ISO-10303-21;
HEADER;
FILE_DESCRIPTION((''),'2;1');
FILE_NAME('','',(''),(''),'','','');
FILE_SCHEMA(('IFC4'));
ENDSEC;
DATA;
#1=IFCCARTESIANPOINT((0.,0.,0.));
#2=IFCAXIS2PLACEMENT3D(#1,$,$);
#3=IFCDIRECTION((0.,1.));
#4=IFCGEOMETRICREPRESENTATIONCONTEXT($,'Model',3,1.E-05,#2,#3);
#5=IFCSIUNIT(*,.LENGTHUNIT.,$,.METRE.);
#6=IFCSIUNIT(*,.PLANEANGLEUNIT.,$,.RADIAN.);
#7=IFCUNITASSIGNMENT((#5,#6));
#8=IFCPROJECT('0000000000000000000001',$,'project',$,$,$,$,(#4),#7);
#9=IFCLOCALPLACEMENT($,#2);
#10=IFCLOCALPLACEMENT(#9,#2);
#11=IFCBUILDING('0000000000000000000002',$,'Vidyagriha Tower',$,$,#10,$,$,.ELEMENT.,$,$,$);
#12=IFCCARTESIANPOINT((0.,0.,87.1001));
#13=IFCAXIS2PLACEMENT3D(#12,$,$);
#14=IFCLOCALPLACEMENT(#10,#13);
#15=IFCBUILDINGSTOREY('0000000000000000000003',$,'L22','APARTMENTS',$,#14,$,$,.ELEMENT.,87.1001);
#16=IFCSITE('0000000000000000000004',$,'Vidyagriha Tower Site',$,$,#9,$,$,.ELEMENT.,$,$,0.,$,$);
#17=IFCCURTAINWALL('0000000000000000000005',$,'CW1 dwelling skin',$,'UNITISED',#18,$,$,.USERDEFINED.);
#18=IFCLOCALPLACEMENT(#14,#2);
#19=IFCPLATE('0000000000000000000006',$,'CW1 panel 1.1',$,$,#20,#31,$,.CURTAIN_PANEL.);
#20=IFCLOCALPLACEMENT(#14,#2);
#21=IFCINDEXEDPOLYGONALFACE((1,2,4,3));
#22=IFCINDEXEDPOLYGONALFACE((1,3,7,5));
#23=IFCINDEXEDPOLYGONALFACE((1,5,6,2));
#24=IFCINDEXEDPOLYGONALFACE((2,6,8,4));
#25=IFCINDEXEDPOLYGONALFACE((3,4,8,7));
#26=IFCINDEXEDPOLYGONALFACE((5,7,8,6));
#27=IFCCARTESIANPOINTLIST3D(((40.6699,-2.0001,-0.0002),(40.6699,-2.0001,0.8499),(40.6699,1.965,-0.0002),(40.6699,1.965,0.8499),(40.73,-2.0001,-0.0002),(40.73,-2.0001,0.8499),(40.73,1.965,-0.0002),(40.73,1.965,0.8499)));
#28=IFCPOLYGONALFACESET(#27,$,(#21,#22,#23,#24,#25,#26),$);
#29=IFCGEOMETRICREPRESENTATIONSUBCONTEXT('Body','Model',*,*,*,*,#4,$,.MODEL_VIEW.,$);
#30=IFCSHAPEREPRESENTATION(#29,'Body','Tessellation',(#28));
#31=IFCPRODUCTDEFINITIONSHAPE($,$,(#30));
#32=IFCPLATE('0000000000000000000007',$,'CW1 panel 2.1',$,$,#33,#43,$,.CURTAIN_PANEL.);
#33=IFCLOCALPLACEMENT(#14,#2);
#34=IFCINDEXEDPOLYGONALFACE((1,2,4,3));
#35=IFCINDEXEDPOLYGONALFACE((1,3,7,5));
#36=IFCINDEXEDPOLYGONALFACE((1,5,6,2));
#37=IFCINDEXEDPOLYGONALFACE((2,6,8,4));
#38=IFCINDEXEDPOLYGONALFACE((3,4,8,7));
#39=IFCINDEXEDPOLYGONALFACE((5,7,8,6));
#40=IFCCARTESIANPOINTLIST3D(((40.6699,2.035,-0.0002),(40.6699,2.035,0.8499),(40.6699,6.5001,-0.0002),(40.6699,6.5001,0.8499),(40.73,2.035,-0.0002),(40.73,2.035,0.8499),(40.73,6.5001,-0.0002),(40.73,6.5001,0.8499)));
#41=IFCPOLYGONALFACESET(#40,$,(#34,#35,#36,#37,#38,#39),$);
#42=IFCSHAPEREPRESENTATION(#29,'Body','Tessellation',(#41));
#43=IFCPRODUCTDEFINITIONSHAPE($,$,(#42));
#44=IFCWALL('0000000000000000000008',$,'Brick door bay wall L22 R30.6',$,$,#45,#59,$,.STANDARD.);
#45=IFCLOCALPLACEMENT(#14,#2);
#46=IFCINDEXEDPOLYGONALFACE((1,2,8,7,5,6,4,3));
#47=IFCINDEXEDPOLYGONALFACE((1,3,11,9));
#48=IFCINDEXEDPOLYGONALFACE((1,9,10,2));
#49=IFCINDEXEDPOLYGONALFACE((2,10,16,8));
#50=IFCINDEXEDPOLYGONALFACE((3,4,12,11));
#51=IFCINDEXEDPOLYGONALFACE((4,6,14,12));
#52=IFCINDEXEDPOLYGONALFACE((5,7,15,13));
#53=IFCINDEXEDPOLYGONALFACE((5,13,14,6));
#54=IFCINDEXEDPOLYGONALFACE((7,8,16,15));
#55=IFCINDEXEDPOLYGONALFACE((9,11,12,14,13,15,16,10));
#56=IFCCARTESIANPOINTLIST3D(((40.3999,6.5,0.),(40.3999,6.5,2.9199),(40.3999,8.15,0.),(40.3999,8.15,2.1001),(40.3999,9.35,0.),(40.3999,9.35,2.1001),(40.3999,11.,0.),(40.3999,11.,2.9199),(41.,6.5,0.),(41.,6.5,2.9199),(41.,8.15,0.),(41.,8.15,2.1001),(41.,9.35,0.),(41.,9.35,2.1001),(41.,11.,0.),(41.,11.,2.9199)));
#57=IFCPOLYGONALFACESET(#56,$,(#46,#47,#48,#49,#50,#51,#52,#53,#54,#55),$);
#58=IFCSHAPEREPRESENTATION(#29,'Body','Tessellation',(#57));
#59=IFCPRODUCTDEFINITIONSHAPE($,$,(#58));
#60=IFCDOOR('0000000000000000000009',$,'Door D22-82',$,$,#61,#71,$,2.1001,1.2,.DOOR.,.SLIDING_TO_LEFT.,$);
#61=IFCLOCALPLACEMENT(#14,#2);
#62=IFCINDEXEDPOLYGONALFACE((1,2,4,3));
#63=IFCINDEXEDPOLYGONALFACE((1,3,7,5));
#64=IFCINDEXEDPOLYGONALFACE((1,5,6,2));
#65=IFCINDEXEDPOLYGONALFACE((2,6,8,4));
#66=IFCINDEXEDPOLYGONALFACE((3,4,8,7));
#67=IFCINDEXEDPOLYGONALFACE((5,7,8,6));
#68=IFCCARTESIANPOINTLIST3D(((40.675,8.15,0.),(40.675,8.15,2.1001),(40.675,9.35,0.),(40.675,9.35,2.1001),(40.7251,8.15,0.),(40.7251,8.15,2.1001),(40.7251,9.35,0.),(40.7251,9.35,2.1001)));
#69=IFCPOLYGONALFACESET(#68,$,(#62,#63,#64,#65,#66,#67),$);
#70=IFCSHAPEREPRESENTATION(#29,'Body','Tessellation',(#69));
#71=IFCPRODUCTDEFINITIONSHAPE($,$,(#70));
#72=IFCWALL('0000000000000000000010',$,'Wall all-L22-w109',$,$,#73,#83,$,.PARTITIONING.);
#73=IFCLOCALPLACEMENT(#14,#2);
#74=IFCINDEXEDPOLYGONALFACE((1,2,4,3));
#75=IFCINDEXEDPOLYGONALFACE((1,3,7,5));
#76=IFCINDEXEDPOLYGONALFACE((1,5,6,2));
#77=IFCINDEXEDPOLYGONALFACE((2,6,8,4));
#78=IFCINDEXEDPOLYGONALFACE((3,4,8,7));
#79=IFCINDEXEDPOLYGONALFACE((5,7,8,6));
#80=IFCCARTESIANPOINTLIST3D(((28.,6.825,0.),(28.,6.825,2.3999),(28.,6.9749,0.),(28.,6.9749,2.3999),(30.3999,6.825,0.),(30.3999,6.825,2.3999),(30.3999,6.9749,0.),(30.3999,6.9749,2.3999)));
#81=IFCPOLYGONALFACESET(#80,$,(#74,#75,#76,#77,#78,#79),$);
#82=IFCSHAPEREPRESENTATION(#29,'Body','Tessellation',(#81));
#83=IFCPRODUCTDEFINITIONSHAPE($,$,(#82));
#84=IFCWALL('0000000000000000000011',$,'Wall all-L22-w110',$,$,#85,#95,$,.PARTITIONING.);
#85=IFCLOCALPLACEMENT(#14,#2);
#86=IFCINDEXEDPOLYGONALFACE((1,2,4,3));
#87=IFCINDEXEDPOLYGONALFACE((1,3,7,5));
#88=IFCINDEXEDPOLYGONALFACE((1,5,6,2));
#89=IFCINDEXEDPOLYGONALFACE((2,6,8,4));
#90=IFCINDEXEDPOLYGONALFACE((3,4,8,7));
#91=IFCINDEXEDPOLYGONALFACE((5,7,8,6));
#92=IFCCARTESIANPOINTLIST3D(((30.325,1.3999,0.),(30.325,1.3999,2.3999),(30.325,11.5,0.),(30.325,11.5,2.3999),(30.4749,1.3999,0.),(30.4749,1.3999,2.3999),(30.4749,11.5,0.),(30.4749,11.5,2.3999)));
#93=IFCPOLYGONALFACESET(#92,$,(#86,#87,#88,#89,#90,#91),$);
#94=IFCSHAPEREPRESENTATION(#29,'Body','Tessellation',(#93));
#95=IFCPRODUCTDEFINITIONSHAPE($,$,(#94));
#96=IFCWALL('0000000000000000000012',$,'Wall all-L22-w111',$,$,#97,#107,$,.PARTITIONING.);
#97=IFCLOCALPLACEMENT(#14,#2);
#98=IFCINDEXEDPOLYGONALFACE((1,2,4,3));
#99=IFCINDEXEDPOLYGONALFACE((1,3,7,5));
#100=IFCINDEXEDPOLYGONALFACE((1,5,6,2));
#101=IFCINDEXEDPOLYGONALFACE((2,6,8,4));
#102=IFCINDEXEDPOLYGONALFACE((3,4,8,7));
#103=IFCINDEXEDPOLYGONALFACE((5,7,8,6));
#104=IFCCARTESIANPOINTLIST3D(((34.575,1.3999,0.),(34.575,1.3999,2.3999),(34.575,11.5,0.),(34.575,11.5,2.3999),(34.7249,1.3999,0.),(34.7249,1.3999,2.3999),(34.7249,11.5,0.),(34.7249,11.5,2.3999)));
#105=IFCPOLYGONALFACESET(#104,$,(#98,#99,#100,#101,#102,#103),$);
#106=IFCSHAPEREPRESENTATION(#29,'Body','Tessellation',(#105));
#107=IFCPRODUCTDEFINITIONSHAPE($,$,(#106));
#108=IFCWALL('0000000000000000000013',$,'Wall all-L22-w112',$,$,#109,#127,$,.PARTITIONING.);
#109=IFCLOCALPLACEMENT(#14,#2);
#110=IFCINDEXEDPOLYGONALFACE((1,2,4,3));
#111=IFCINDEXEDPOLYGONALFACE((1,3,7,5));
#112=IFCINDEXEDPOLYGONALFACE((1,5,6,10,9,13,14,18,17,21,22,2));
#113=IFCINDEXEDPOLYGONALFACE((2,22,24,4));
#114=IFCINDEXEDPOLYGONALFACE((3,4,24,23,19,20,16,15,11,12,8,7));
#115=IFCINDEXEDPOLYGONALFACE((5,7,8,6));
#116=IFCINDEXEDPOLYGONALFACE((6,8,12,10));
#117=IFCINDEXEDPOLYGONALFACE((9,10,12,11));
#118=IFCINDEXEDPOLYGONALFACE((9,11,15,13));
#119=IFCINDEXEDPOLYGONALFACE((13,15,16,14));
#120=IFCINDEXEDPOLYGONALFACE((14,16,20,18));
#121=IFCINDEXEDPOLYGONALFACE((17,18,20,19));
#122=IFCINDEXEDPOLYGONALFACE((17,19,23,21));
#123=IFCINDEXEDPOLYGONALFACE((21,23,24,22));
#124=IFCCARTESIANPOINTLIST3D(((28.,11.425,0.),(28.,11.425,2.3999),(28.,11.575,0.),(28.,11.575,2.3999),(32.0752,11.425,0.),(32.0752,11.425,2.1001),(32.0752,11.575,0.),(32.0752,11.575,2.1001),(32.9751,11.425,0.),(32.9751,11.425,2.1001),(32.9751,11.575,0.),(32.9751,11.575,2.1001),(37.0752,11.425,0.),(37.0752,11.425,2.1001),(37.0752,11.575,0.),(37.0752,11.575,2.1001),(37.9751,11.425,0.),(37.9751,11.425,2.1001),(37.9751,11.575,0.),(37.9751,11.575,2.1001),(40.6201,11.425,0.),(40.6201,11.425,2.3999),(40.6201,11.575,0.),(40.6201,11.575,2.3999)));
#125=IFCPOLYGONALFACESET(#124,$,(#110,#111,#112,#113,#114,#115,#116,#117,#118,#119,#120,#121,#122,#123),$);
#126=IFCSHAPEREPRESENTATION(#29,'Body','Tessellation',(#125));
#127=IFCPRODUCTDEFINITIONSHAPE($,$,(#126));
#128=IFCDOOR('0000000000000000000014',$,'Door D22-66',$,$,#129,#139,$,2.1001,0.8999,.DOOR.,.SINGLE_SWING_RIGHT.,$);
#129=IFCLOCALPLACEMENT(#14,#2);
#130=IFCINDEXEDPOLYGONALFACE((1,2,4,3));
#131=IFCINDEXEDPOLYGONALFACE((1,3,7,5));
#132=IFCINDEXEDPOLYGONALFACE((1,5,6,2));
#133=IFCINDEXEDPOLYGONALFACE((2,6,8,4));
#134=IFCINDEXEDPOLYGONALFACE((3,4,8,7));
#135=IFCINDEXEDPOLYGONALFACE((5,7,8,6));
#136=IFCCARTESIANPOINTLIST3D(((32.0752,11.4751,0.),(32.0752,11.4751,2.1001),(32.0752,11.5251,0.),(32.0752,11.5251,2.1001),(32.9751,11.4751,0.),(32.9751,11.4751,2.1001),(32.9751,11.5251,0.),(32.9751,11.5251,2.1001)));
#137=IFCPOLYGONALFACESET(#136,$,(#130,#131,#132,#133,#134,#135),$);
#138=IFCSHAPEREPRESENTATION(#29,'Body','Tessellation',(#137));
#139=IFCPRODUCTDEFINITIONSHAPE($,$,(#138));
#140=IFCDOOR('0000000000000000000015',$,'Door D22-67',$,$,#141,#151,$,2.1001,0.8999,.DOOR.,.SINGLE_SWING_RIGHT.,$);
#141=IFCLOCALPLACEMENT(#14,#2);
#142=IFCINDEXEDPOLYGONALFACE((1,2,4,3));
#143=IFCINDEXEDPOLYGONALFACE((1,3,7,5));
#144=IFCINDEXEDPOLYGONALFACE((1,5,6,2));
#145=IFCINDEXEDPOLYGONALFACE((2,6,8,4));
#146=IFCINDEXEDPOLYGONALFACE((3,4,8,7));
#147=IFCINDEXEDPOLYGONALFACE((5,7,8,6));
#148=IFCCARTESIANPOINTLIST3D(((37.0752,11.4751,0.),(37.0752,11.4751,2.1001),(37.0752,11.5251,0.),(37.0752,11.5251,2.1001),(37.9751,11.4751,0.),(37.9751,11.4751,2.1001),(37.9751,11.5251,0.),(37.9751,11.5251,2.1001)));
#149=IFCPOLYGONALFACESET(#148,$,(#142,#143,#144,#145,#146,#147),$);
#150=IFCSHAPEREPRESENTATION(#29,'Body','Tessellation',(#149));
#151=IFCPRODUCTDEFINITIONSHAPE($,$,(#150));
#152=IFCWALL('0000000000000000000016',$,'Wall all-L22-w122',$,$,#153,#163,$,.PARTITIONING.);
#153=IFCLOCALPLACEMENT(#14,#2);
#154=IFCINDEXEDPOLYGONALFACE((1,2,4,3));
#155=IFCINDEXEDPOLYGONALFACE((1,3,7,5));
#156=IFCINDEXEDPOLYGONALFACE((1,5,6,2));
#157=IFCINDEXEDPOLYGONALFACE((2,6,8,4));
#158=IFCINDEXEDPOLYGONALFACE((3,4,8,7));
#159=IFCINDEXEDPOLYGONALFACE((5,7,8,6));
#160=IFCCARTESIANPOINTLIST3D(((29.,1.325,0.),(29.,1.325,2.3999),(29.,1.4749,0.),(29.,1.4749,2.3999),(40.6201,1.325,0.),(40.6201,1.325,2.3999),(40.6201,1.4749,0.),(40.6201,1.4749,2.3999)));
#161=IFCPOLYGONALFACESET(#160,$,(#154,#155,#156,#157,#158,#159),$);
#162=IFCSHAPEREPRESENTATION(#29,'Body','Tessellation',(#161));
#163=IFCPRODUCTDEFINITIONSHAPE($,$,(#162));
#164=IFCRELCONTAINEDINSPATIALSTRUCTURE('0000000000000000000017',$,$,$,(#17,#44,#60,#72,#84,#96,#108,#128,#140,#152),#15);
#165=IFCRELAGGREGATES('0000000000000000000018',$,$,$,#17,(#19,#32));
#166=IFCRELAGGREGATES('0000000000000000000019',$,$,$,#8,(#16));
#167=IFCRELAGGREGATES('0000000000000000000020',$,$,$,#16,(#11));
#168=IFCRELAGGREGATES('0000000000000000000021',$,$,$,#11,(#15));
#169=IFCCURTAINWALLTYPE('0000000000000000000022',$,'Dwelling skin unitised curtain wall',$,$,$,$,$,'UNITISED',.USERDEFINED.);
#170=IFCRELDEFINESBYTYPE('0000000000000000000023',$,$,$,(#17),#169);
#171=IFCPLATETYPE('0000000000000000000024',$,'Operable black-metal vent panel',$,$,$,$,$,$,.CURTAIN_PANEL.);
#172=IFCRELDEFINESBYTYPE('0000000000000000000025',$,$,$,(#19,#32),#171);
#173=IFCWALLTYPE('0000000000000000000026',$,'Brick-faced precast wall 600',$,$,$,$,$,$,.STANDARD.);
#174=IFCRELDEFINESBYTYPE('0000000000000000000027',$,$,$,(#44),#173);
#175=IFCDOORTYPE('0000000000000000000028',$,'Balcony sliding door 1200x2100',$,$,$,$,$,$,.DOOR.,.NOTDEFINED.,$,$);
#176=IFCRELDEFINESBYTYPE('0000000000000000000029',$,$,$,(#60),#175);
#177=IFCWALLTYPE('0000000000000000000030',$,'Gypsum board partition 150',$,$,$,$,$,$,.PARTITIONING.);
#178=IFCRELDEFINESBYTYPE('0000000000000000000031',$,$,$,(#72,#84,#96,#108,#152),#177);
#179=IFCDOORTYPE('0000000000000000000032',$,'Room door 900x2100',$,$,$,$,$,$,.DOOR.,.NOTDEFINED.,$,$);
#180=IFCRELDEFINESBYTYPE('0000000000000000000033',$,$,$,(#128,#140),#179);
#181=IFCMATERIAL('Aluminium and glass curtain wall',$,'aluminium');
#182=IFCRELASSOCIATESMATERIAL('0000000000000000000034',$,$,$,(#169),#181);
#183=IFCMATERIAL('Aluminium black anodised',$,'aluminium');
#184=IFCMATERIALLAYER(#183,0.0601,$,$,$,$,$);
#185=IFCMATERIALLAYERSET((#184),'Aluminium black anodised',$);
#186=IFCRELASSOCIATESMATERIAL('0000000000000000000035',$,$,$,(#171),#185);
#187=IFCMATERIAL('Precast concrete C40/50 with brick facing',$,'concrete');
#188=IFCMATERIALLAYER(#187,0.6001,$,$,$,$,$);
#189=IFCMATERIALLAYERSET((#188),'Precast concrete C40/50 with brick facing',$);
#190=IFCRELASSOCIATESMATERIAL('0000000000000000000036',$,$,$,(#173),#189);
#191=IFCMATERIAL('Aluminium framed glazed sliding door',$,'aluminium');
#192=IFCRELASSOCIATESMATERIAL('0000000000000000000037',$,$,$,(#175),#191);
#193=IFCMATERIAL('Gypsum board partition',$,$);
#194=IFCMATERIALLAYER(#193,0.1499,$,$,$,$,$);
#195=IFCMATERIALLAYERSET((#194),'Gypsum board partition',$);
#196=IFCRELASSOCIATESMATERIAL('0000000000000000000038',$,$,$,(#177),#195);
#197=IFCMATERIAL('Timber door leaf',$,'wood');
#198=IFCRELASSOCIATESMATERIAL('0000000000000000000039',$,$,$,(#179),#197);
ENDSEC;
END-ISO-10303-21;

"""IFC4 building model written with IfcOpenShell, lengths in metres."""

from ifc_helpers import new_model, si_unit, direction, frame, frame_2d, origin, origin_2d, place, context, subcontext, project, spatial, rectangle, extrude, material, layer, layer_set, type_object, element, fill, aggregate, save


model = new_model("IFC4")

# Units and contexts
model_context = context("Model", 3, precision=1e-05, world=origin(), true_north=direction((0.0, 1.0)))
body_context = subcontext(model_context, "Body", "Model", "MODEL_VIEW")
ifc_project = project(units=[si_unit("LENGTHUNIT", "METRE"), si_unit("PLANEANGLEUNIT", "RADIAN")], contexts=[model_context])

# Site, building, storey
site_placement = place(None, origin())
site = spatial("IfcSite", under=ifc_project, at=site_placement, Name="Vidyagriha Tower Site", CompositionType="ELEMENT", RefElevation=0.0)
building_placement = place(site_placement, origin())
building = spatial("IfcBuilding", under=site, at=building_placement, Name="Vidyagriha Tower", CompositionType="ELEMENT")
storey_placement = place(building_placement, frame((0.0, 0.0, 87.1001)))
storey = spatial("IfcBuildingStorey", under=building, at=storey_placement, Name="L22", Description="APARTMENTS", CompositionType="ELEMENT", Elevation=87.1001)

# Curtain wall
ifc_material_1 = material(Name="Aluminium and glass curtain wall", Category="aluminium")
curtain_wall_type = type_object("IfcCurtainWallType", Name="Dwelling skin unitised curtain wall", ElementType="UNITISED", PredefinedType="USERDEFINED", material=ifc_material_1)
curtain_wall_1_placement = place(storey_placement, origin())
curtain_wall_1 = element("IfcCurtainWall", 1, at=curtain_wall_1_placement, inside=storey, type_object=curtain_wall_type, Name="CW1 dwelling skin", ObjectType="UNITISED", PredefinedType="USERDEFINED")

# Plates
ifc_material_2 = material(Name="Aluminium black anodised", Category="aluminium")
ifc_layer_1 = layer(ifc_material_2, 0.0601)
ifc_layer_set_1 = layer_set([ifc_layer_1], Name="Aluminium black anodised")
plate_type_1 = type_object("IfcPlateType", Name="Operable black-metal vent panel", PredefinedType="CURTAIN_PANEL", material=ifc_layer_set_1)
plate_1_placement = place(storey_placement, frame((40.7, -0.0176, -0.0002), z_axis=(0.0, 0.0, 1.0), x_axis=(0.0, 1.0, 0.0)))
plate_1 = element("IfcPlate", 2, at=plate_1_placement, type_object=plate_type_1, Name="CW1 panel 1.1", PredefinedType="CURTAIN_PANEL", context=body_context, shape_type="SweptSolid", body=[
    extrude(rectangle(XDim=3.9651, YDim=0.0601, at=origin_2d()), origin(), (0.0, 0.0, 1.0), 0.8501),
])
plate_2_placement = place(storey_placement, frame((40.7, 4.2676, -0.0002), z_axis=(0.0, 0.0, 1.0), x_axis=(0.0, 1.0, 0.0)))
plate_2 = element("IfcPlate", 3, at=plate_2_placement, type_object=plate_type_1, Name="CW1 panel 2.1", PredefinedType="CURTAIN_PANEL", context=body_context, shape_type="SweptSolid", body=[
    extrude(rectangle(XDim=4.4651, YDim=0.0601, at=origin_2d()), origin(), (0.0, 0.0, 1.0), 0.8501),
])
aggregate(curtain_wall_1, [plate_1, plate_2])

# Wall, opening, door
ifc_material_3 = material(Name="Precast concrete C40/50 with brick facing", Category="concrete")
ifc_layer_2 = layer(ifc_material_3, 0.6001)
ifc_layer_set_2 = layer_set([ifc_layer_2], Name="Precast concrete C40/50 with brick facing")
wall_type_1 = type_object("IfcWallType", Name="Brick-faced precast wall 600", PredefinedType="STANDARD", material=ifc_layer_set_2)
wall_1_placement = place(storey_placement, frame((40.7, 6.5, 0.0), z_axis=(0.0, 0.0, 1.0), x_axis=(0.0, 1.0, 0.0)))
wall_1 = element("IfcWall", 4, at=wall_1_placement, inside=storey, type_object=wall_type_1, Name="Brick door bay wall L22 R30.6", PredefinedType="STANDARD", context=body_context, shape_type="SweptSolid", body=[
    extrude(rectangle(XDim=4.5, YDim=0.6001, at=frame_2d((2.25, 0.0))), origin(), (0.0, 0.0, 1.0), 2.9199),
])
opening_1_placement = place(wall_1_placement, frame((1.6499, 0.0, 0.0)))
opening_1 = element("IfcOpeningElement", 5, at=opening_1_placement, cuts=wall_1, PredefinedType="OPENING", context=body_context, shape_type="SweptSolid", body=[
    extrude(rectangle(XDim=1.2, YDim=2.1001, at=frame_2d((0.6001, 1.05))), frame((0.0, 0.3101, 0.0), z_axis=(0.0, -1.0, 0.0), x_axis=(1.0, 0.0, 0.0)), (0.0, 0.0, 1.0), 0.6201),
])
ifc_material_4 = material(Name="Aluminium framed glazed sliding door", Category="aluminium")
door_type_1 = type_object("IfcDoorType", Name="Balcony sliding door 1200x2100", OperationType="NOTDEFINED", PredefinedType="DOOR", material=ifc_material_4)
door_1_placement = place(opening_1_placement, origin())
door_1 = element("IfcDoor", 6, at=door_1_placement, inside=storey, type_object=door_type_1, Name="Door D22-82", OperationType="SLIDING_TO_LEFT", OverallHeight=2.1001, OverallWidth=1.2, PredefinedType="DOOR", context=body_context, shape_type="SweptSolid", body=[
    extrude(rectangle(XDim=1.2, YDim=2.1001, at=frame_2d((0.6001, 1.05))), frame((0.0, 0.0249, 0.0), z_axis=(0.0, -1.0, 0.0), x_axis=(1.0, 0.0, 0.0)), (0.0, 0.0, 1.0), 0.05),
])
fill(opening_1, door_1)

# Walls
ifc_material_5 = material(Name="Gypsum board partition")
ifc_layer_3 = layer(ifc_material_5, 0.1499)
ifc_layer_set_3 = layer_set([ifc_layer_3], Name="Gypsum board partition")
wall_type_2 = type_object("IfcWallType", Name="Gypsum board partition 150", PredefinedType="PARTITIONING", material=ifc_layer_set_3)
wall_2_placement = place(storey_placement, frame((28.0, 6.8999, 0.0)))
element("IfcWall", 7, at=wall_2_placement, inside=storey, type_object=wall_type_2, Name="Wall all-L22-w109", PredefinedType="PARTITIONING", context=body_context, shape_type="SweptSolid", body=[
    extrude(rectangle(XDim=2.3999, YDim=0.1499, at=frame_2d((1.2, 0.0))), origin(), (0.0, 0.0, 1.0), 2.3999),
])
for number, where, z_axis, x_axis, name in (
    (8, (30.3999, 11.5, 0.0), (0.0, 0.0, 1.0), (0.0, -1.0, 0.0), "Wall all-L22-w110"),
    (9, (34.6499, 11.5, 0.0), (0.0, 0.0, 1.0), (0.0, -1.0, 0.0), "Wall all-L22-w111"),
):
    element("IfcWall", number, at=place(storey_placement, frame(where, z_axis=z_axis, x_axis=x_axis)), inside=storey, type_object=wall_type_2, Name=name, PredefinedType="PARTITIONING", context=body_context, shape_type="SweptSolid", body=[
        extrude(rectangle(XDim=10.1001, YDim=0.1499, at=frame_2d((5.05, 0.0))), origin(), (0.0, 0.0, 1.0), 2.3999),
    ])

# Wall, openings, doors
wall_3_placement = place(storey_placement, frame((40.6201, 11.5, 0.0), z_axis=(0.0, 0.0, 1.0), x_axis=(-1.0, 0.0, 0.0)))
wall_3 = element("IfcWall", 10, at=wall_3_placement, inside=storey, type_object=wall_type_2, Name="Wall all-L22-w112", PredefinedType="PARTITIONING", context=body_context, shape_type="SweptSolid", body=[
    extrude(rectangle(XDim=12.6201, YDim=0.1499, at=frame_2d((6.3101, 0.0))), origin(), (0.0, 0.0, 1.0), 2.3999),
])
opening_2_placement = place(wall_3_placement, frame((7.645, 0.0, 0.0)))
opening_2 = element("IfcOpeningElement", 11, at=opening_2_placement, cuts=wall_3, PredefinedType="OPENING", context=body_context, shape_type="SweptSolid", body=[
    extrude(rectangle(XDim=0.8999, YDim=2.1001, at=frame_2d((0.45, 1.05))), frame((0.0, 0.085, 0.0), z_axis=(0.0, -1.0, 0.0), x_axis=(1.0, 0.0, 0.0)), (0.0, 0.0, 1.0), 0.1699),
])
opening_3_placement = place(wall_3_placement, frame((2.645, 0.0, 0.0)))
opening_3 = element("IfcOpeningElement", 12, at=opening_3_placement, cuts=wall_3, PredefinedType="OPENING", context=body_context, shape_type="SweptSolid", body=[
    extrude(rectangle(XDim=0.8999, YDim=2.1001, at=frame_2d((0.45, 1.05))), frame((0.0, 0.085, 0.0), z_axis=(0.0, -1.0, 0.0), x_axis=(1.0, 0.0, 0.0)), (0.0, 0.0, 1.0), 0.1699),
])
ifc_material_6 = material(Name="Timber door leaf", Category="wood")
door_type_2 = type_object("IfcDoorType", Name="Room door 900x2100", OperationType="NOTDEFINED", PredefinedType="DOOR", material=ifc_material_6)
door_2_placement = place(opening_2_placement, origin())
door_2 = element("IfcDoor", 13, at=door_2_placement, inside=storey, type_object=door_type_2, Name="Door D22-66", OperationType="SINGLE_SWING_RIGHT", OverallHeight=2.1001, OverallWidth=0.8999, PredefinedType="DOOR", context=body_context, shape_type="SweptSolid", body=[
    extrude(rectangle(XDim=0.8999, YDim=2.1001, at=frame_2d((0.45, 1.05))), frame((0.0, 0.0249, 0.0), z_axis=(0.0, -1.0, 0.0), x_axis=(1.0, 0.0, 0.0)), (0.0, 0.0, 1.0), 0.05),
])
fill(opening_2, door_2)
door_3_placement = place(opening_3_placement, origin())
door_3 = element("IfcDoor", 14, at=door_3_placement, inside=storey, type_object=door_type_2, Name="Door D22-67", OperationType="SINGLE_SWING_RIGHT", OverallHeight=2.1001, OverallWidth=0.8999, PredefinedType="DOOR", context=body_context, shape_type="SweptSolid", body=[
    extrude(rectangle(XDim=0.8999, YDim=2.1001, at=frame_2d((0.45, 1.05))), frame((0.0, 0.0249, 0.0), z_axis=(0.0, -1.0, 0.0), x_axis=(1.0, 0.0, 0.0)), (0.0, 0.0, 1.0), 0.05),
])
fill(opening_3, door_3)

# Wall
wall_4_placement = place(storey_placement, frame((29.0, 1.3999, 0.0)))
element("IfcWall", 15, at=wall_4_placement, inside=storey, type_object=wall_type_2, Name="Wall all-L22-w122", PredefinedType="PARTITIONING", context=body_context, shape_type="SweptSolid", body=[
    extrude(rectangle(XDim=11.6201, YDim=0.1499, at=frame_2d((5.8101, 0.0))), origin(), (0.0, 0.0, 1.0), 2.3999),
])

save(model, "model.ifc")
